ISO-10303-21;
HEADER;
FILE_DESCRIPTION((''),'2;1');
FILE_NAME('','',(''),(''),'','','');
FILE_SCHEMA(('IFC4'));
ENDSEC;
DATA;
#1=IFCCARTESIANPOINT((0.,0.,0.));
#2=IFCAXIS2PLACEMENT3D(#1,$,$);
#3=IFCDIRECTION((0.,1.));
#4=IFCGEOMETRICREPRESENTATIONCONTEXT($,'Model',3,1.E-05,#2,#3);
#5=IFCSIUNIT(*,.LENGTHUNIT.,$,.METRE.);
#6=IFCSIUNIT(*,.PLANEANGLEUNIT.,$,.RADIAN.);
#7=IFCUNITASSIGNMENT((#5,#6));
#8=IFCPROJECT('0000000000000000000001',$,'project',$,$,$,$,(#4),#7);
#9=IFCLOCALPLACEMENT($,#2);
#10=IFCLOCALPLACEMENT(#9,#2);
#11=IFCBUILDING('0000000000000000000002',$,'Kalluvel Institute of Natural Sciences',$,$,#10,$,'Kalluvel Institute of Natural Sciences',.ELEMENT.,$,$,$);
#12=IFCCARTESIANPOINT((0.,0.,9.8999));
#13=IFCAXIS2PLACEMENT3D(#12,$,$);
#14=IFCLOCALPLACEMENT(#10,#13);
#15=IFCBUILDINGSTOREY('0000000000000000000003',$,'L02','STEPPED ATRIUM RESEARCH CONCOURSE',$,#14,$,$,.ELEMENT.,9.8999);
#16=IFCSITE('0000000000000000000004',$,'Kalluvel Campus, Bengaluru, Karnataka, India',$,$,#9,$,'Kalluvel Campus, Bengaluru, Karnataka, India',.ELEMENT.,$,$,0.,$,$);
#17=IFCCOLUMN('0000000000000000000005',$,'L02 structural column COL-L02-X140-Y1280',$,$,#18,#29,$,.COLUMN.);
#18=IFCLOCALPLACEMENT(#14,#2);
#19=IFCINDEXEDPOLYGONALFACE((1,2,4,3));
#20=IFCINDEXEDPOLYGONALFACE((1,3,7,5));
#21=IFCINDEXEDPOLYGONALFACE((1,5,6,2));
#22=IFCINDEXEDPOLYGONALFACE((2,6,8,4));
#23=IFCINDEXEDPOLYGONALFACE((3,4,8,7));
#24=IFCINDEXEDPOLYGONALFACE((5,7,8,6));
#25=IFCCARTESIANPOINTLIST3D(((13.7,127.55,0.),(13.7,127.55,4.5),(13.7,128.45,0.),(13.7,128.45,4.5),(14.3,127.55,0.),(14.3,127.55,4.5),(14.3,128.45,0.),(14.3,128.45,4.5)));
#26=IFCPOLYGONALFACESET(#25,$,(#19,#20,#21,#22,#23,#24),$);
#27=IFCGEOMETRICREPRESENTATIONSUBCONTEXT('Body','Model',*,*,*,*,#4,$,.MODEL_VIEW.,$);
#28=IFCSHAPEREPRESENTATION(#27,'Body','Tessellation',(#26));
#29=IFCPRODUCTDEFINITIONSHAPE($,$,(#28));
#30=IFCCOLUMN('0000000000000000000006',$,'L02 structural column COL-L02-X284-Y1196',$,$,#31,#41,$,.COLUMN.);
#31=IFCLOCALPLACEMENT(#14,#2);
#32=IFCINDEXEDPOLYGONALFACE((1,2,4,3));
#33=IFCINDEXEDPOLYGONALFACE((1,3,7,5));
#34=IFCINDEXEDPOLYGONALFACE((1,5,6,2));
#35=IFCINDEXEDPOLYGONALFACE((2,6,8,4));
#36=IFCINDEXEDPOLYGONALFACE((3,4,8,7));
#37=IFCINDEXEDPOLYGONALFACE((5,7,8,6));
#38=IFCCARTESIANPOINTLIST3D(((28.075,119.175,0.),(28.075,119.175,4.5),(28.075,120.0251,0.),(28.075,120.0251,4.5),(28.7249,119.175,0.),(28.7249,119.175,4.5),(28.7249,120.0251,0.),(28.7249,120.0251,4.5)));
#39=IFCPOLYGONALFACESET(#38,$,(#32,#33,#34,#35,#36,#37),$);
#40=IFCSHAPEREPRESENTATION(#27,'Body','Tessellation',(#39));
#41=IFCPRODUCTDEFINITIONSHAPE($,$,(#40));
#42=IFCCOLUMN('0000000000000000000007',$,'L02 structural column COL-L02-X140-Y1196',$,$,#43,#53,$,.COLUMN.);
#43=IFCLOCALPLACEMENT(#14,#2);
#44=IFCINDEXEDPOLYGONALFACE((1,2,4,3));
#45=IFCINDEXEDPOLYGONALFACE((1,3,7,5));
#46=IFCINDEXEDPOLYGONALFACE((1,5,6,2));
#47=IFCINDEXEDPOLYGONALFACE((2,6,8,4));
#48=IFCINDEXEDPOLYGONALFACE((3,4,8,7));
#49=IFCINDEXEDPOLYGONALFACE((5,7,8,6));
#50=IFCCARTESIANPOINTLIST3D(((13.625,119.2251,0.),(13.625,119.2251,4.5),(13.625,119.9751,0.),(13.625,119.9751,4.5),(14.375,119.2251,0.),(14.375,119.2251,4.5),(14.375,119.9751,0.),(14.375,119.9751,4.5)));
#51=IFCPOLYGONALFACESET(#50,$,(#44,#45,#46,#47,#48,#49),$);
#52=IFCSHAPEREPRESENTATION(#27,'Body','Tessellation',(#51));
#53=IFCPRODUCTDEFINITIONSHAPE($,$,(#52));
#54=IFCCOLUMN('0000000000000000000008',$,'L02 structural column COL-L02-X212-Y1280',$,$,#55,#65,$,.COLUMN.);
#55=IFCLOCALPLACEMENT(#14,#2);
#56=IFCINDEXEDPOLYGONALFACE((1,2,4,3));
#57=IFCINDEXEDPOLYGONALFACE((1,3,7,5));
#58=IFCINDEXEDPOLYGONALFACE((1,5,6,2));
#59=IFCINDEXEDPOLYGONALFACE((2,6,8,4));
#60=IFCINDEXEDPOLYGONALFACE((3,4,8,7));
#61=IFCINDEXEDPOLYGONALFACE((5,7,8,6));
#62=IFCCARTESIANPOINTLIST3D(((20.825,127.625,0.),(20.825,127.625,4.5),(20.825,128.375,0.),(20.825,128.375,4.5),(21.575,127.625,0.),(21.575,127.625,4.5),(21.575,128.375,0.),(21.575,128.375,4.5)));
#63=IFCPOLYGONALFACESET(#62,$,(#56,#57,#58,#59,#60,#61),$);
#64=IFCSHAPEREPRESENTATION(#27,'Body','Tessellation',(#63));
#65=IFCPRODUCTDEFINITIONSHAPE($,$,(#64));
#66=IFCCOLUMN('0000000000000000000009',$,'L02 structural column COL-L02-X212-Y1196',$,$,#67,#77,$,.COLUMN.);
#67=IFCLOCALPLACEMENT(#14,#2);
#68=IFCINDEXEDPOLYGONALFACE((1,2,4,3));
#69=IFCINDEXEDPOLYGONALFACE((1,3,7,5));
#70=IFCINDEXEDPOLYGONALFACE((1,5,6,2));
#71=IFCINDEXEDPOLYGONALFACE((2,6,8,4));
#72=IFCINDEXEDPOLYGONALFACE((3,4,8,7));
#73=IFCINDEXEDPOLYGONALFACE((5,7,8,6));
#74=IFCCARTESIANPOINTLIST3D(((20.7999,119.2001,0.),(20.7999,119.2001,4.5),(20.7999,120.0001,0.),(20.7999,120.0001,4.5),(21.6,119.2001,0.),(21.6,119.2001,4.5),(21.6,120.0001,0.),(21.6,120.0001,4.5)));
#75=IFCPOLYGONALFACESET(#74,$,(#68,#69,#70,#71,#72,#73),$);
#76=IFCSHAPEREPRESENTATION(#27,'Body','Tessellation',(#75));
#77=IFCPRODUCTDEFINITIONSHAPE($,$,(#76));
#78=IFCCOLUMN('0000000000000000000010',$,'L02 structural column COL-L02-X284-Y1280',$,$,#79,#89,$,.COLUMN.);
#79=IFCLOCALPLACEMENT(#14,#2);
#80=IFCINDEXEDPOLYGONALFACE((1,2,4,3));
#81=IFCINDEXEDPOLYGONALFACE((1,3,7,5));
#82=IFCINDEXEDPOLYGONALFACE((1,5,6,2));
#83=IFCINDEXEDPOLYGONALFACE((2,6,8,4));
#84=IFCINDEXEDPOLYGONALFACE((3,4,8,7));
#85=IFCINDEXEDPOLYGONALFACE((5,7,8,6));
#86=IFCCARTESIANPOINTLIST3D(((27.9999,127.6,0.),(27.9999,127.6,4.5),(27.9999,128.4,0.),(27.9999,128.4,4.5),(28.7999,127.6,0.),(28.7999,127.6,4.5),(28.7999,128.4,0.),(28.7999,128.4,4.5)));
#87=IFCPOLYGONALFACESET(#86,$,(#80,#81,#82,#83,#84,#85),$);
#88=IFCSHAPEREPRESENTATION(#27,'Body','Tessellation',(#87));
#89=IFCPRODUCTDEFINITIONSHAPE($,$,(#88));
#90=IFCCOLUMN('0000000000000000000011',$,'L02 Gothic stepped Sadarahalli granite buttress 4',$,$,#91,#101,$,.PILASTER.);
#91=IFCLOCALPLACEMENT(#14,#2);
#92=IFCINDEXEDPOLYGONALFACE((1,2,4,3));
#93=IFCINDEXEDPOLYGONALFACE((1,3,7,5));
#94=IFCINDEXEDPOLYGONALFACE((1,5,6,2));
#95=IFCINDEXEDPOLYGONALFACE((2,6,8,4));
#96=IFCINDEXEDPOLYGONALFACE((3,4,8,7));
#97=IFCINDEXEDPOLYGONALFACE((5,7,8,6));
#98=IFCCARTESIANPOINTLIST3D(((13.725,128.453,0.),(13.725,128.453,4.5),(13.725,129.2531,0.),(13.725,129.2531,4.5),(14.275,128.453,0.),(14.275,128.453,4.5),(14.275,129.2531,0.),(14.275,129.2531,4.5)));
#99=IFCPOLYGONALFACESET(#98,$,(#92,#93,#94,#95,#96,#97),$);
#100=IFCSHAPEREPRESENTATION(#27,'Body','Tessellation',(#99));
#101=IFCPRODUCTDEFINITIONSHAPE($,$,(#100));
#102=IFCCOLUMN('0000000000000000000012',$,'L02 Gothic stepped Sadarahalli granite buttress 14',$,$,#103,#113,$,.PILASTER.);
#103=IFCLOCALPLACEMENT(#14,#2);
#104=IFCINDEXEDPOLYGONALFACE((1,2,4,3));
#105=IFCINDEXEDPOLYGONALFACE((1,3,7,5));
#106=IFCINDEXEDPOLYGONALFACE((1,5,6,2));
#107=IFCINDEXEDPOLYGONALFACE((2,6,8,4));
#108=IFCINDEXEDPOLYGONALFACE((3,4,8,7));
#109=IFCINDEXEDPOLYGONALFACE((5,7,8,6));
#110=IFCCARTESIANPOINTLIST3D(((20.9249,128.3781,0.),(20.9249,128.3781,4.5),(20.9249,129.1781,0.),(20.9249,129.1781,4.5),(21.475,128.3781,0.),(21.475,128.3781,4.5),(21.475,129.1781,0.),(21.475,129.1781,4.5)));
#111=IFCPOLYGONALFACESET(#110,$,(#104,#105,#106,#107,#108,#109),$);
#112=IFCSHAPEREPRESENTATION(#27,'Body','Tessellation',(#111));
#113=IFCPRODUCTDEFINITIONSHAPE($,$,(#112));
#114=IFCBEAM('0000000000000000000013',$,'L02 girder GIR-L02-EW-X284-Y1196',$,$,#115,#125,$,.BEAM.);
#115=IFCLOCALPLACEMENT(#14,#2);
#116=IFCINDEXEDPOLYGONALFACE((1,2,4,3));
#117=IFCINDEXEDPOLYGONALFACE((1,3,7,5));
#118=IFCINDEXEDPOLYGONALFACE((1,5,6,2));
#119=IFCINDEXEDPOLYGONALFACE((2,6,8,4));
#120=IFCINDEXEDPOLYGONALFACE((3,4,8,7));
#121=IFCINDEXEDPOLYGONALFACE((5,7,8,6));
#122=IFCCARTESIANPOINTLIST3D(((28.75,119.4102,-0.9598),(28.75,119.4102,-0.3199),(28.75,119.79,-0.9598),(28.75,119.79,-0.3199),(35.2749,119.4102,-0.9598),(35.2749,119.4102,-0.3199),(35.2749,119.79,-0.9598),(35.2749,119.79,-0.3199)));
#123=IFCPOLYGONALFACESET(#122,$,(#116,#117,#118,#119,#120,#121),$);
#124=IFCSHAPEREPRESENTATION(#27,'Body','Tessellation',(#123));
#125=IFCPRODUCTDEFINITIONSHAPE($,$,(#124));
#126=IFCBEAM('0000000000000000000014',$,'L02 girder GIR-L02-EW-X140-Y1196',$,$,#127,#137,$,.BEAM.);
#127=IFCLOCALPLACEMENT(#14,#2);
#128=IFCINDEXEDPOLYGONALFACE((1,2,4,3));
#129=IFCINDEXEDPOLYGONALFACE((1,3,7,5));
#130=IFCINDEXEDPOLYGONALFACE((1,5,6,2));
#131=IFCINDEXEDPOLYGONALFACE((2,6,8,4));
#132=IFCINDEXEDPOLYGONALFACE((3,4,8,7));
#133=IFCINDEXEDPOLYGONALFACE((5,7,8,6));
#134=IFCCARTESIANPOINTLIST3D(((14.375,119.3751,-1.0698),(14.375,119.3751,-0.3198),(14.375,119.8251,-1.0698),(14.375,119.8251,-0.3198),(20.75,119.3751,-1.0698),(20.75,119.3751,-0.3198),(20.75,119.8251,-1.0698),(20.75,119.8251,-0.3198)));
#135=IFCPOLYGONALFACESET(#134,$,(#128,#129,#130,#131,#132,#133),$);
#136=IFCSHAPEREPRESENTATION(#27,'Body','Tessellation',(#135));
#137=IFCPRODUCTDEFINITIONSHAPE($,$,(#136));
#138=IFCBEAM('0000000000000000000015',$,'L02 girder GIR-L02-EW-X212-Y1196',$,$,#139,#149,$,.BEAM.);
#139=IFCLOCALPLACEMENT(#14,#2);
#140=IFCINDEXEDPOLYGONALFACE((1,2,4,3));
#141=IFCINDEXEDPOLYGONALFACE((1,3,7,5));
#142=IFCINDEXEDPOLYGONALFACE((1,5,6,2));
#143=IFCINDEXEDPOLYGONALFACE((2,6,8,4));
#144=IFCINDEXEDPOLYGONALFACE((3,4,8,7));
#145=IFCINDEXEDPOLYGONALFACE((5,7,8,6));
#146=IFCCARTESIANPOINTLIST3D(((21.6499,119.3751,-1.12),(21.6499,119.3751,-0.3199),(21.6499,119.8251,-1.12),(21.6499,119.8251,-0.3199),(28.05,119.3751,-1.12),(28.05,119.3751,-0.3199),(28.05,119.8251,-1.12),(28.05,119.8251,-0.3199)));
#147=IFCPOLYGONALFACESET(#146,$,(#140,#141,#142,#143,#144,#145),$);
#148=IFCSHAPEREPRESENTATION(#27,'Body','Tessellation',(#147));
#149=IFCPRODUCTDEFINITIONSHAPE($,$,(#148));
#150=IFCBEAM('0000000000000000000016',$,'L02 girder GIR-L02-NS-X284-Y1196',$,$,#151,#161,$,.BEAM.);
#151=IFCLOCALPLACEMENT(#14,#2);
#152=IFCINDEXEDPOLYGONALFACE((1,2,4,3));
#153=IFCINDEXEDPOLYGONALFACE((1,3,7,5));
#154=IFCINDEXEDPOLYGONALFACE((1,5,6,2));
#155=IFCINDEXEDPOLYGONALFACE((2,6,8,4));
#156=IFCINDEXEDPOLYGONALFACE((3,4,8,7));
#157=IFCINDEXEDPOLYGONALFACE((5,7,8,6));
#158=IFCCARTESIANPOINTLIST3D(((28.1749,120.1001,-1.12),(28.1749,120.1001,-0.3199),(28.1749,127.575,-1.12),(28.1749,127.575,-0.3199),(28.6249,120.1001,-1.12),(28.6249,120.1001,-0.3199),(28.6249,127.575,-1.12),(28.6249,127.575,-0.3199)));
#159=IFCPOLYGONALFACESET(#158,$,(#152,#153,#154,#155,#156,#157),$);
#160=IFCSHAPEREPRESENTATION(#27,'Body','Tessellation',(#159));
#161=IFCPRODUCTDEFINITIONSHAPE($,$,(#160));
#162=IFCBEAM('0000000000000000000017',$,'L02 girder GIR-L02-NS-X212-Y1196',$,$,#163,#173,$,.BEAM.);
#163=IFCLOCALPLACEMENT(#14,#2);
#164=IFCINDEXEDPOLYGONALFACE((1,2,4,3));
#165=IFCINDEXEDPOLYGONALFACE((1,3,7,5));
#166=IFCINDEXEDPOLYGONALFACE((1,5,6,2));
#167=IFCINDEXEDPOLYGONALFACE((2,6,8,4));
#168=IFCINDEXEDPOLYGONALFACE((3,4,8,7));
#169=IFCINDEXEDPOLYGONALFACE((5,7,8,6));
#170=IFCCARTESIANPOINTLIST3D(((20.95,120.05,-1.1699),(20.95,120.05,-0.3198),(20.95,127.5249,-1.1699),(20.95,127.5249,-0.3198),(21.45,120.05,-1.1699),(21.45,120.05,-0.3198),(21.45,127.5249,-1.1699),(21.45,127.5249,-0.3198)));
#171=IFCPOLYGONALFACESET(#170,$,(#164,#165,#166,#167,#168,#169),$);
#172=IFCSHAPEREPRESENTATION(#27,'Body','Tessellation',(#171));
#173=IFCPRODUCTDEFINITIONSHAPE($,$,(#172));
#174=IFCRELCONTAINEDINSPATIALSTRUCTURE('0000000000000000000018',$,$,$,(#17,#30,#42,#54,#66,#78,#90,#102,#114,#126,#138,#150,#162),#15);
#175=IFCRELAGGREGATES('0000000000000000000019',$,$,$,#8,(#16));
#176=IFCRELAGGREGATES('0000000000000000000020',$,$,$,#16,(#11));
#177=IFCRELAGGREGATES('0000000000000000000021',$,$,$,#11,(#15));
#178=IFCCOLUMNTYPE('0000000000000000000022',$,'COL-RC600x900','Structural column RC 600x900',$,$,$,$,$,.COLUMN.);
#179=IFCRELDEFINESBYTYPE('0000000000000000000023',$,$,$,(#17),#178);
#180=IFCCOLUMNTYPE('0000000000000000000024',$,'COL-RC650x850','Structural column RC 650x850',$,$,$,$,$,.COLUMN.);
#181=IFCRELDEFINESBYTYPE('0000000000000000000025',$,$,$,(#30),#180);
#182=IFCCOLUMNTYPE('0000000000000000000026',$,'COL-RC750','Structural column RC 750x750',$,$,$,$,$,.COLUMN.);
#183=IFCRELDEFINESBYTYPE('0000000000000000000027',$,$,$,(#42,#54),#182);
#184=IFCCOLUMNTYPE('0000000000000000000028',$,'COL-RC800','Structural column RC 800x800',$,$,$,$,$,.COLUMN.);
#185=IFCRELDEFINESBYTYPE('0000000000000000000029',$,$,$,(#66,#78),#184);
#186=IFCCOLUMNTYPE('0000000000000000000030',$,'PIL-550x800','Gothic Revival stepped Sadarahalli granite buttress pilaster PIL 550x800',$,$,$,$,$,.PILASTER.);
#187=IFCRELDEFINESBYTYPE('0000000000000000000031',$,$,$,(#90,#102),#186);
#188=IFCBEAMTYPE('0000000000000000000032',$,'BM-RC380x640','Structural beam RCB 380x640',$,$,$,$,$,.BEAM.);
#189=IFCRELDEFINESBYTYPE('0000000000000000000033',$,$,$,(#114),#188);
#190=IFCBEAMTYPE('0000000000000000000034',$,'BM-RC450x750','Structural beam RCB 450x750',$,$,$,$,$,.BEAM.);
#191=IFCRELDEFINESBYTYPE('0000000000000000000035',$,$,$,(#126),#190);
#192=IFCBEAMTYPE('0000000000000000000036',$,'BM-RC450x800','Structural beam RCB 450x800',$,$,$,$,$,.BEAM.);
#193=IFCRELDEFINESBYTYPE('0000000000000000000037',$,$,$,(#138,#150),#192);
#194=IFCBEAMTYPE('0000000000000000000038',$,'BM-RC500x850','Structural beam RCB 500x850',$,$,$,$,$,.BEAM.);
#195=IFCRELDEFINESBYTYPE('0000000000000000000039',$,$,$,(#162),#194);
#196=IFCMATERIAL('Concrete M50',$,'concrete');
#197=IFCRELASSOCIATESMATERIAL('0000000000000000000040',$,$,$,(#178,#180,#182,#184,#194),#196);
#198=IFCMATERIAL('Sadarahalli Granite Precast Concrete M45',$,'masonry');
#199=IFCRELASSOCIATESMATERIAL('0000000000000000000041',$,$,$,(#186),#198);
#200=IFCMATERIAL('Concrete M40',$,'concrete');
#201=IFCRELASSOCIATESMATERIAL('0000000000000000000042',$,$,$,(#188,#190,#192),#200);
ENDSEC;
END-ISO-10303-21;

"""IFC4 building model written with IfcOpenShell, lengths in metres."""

from ifc_helpers import new_model, si_unit, direction, frame, origin, origin_2d, place, context, subcontext, project, spatial, rectangle, extrude, material, material_profile, profile_set, type_object, element, save


model = new_model("IFC4")

# Units and contexts
model_context = context("Model", 3, precision=1e-05, world=origin(), true_north=direction((0.0, 1.0)))
body_context = subcontext(model_context, "Body", "Model", "MODEL_VIEW")
ifc_project = project(units=[si_unit("LENGTHUNIT", "METRE"), si_unit("PLANEANGLEUNIT", "RADIAN")], contexts=[model_context])

# Site, building, storey
site_placement = place(None, origin())
site = spatial("IfcSite", under=ifc_project, at=site_placement, Name="Kalluvel Campus, Bengaluru, Karnataka, India", LongName="Kalluvel Campus, Bengaluru, Karnataka, India", CompositionType="ELEMENT", RefElevation=0.0)
building_placement = place(site_placement, origin())
building = spatial("IfcBuilding", under=site, at=building_placement, Name="Kalluvel Institute of Natural Sciences", LongName="Kalluvel Institute of Natural Sciences", CompositionType="ELEMENT")
storey_placement = place(building_placement, frame((0.0, 0.0, 9.8999)))
storey = spatial("IfcBuildingStorey", under=building, at=storey_placement, Name="L02", Description="STEPPED ATRIUM RESEARCH CONCOURSE", CompositionType="ELEMENT", Elevation=9.8999)

# Columns
ifc_material_1 = material(Name="Concrete M50", Category="concrete")
ifc_material_profile_1 = material_profile(ifc_material_1, rectangle(XDim=0.6001, YDim=0.8999, at=origin_2d()), Name="RC 600x900")
ifc_profile_set_1 = profile_set([ifc_material_profile_1], Name="Concrete M50")
column_type_1 = type_object("IfcColumnType", Name="COL-RC600x900", Description="Structural column RC 600x900", PredefinedType="COLUMN", material=ifc_profile_set_1)
column_1_placement = place(storey_placement, frame((14.0, 128.0, 0.0), z_axis=(0.0, 0.0, 1.0), x_axis=(1.0, 0.0, 0.0)))
element("IfcColumn", 1, at=column_1_placement, inside=storey, type_object=column_type_1, Name="L02 structural column COL-L02-X140-Y1280", PredefinedType="COLUMN", context=body_context, shape_type="SweptSolid", body=[
    extrude(rectangle(XDim=0.6001, YDim=0.8999, at=origin_2d()), origin(), (0.0, 0.0, 1.0), 4.5),
])
ifc_material_profile_2 = material_profile(ifc_material_1, rectangle(XDim=0.6499, YDim=0.8501, at=origin_2d()), Name="RC 650x850")
ifc_profile_set_2 = profile_set([ifc_material_profile_2], Name="Concrete M50")
column_type_2 = type_object("IfcColumnType", Name="COL-RC650x850", Description="Structural column RC 650x850", PredefinedType="COLUMN", material=ifc_profile_set_2)
column_2_placement = place(storey_placement, frame((28.3999, 119.6001, 0.0), z_axis=(0.0, 0.0, 1.0), x_axis=(1.0, 0.0, 0.0)))
element("IfcColumn", 2, at=column_2_placement, inside=storey, type_object=column_type_2, Name="L02 structural column COL-L02-X284-Y1196", PredefinedType="COLUMN", context=body_context, shape_type="SweptSolid", body=[
    extrude(rectangle(XDim=0.6499, YDim=0.8501, at=origin_2d()), origin(), (0.0, 0.0, 1.0), 4.5),
])
ifc_material_profile_3 = material_profile(ifc_material_1, rectangle(XDim=0.75, YDim=0.75, at=origin_2d()), Name="RC 750x750")
ifc_profile_set_3 = profile_set([ifc_material_profile_3], Name="Concrete M50")
column_type_3 = type_object("IfcColumnType", Name="COL-RC750", Description="Structural column RC 750x750", PredefinedType="COLUMN", material=ifc_profile_set_3)
for number, where, z_axis, x_axis, name in (
    (3, (14.0, 119.6001, 0.0), (0.0, 0.0, 1.0), (1.0, 0.0, 0.0), "L02 structural column COL-L02-X140-Y1196"),
    (4, (21.2, 128.0, 0.0), (0.0, 0.0, 1.0), (1.0, 0.0, 0.0), "L02 structural column COL-L02-X212-Y1280"),
):
    element("IfcColumn", number, at=place(storey_placement, frame(where, z_axis=z_axis, x_axis=x_axis)), inside=storey, type_object=column_type_3, Name=name, PredefinedType="COLUMN", context=body_context, shape_type="SweptSolid", body=[
        extrude(rectangle(XDim=0.75, YDim=0.75, at=origin_2d()), origin(), (0.0, 0.0, 1.0), 4.5),
    ])
ifc_material_profile_4 = material_profile(ifc_material_1, rectangle(XDim=0.8, YDim=0.8, at=origin_2d()), Name="RC 800x800")
ifc_profile_set_4 = profile_set([ifc_material_profile_4], Name="Concrete M50")
column_type_4 = type_object("IfcColumnType", Name="COL-RC800", Description="Structural column RC 800x800", PredefinedType="COLUMN", material=ifc_profile_set_4)
for number, where, z_axis, x_axis, name in (
    (5, (21.2, 119.6001, 0.0), (0.0, 0.0, 1.0), (1.0, 0.0, 0.0), "L02 structural column COL-L02-X212-Y1196"),
    (6, (28.3999, 128.0, 0.0), (0.0, 0.0, 1.0), (1.0, 0.0, 0.0), "L02 structural column COL-L02-X284-Y1280"),
):
    element("IfcColumn", number, at=place(storey_placement, frame(where, z_axis=z_axis, x_axis=x_axis)), inside=storey, type_object=column_type_4, Name=name, PredefinedType="COLUMN", context=body_context, shape_type="SweptSolid", body=[
        extrude(rectangle(XDim=0.8, YDim=0.8, at=origin_2d()), origin(), (0.0, 0.0, 1.0), 4.5),
    ])
ifc_material_2 = material(Name="Sadarahalli Granite Precast Concrete M45", Category="masonry")
ifc_material_profile_5 = material_profile(ifc_material_2, rectangle(XDim=0.55, YDim=0.8, at=origin_2d()), Name="PIL 550x800")
ifc_profile_set_5 = profile_set([ifc_material_profile_5], Name="Sadarahalli Granite Precast Concrete M45")
column_type_5 = type_object("IfcColumnType", Name="PIL-550x800", Description="Gothic Revival stepped Sadarahalli granite buttress pilaster PIL 550x800", PredefinedType="PILASTER", material=ifc_profile_set_5)
for number, where, z_axis, x_axis, name in (
    (7, (14.0, 128.853, 0.0), (0.0, 0.0, 1.0), (1.0, 0.0, 0.0), "L02 Gothic stepped Sadarahalli granite buttress 4"),
    (8, (21.2, 128.7781, 0.0), (0.0, 0.0, 1.0), (1.0, 0.0, 0.0), "L02 Gothic stepped Sadarahalli granite buttress 14"),
):
    element("IfcColumn", number, at=place(storey_placement, frame(where, z_axis=z_axis, x_axis=x_axis)), inside=storey, type_object=column_type_5, Name=name, PredefinedType="PILASTER", context=body_context, shape_type="SweptSolid", body=[
        extrude(rectangle(XDim=0.55, YDim=0.8, at=origin_2d()), origin(), (0.0, 0.0, 1.0), 4.5),
    ])

# Beams
ifc_material_3 = material(Name="Concrete M40", Category="concrete")
ifc_material_profile_6 = material_profile(ifc_material_3, rectangle(XDim=0.3799, YDim=0.6399, at=origin_2d()), Name="RCB 380x640")
ifc_profile_set_6 = profile_set([ifc_material_profile_6], Name="Concrete M40")
beam_type_1 = type_object("IfcBeamType", Name="BM-RC380x640", Description="Structural beam RCB 380x640", PredefinedType="BEAM", material=ifc_profile_set_6)
beam_1_placement = place(storey_placement, frame((28.75, 119.6001, -0.6399), z_axis=(1.0, 0.0, 0.0), x_axis=(0.0, 1.0, 0.0)))
element("IfcBeam", 9, at=beam_1_placement, inside=storey, type_object=beam_type_1, Name="L02 girder GIR-L02-EW-X284-Y1196", PredefinedType="BEAM", context=body_context, shape_type="SweptSolid", body=[
    extrude(rectangle(XDim=0.3799, YDim=0.6399, at=origin_2d()), origin(), (0.0, 0.0, 1.0), 6.5249),
])
ifc_material_profile_7 = material_profile(ifc_material_3, rectangle(XDim=0.45, YDim=0.75, at=origin_2d()), Name="RCB 450x750")
ifc_profile_set_7 = profile_set([ifc_material_profile_7], Name="Concrete M40")
beam_type_2 = type_object("IfcBeamType", Name="BM-RC450x750", Description="Structural beam RCB 450x750", PredefinedType="BEAM", material=ifc_profile_set_7)
beam_2_placement = place(storey_placement, frame((14.375, 119.6001, -0.6948), z_axis=(1.0, 0.0, 0.0), x_axis=(0.0, 1.0, 0.0)))
element("IfcBeam", 10, at=beam_2_placement, inside=storey, type_object=beam_type_2, Name="L02 girder GIR-L02-EW-X140-Y1196", PredefinedType="BEAM", context=body_context, shape_type="SweptSolid", body=[
    extrude(rectangle(XDim=0.45, YDim=0.75, at=origin_2d()), origin(), (0.0, 0.0, 1.0), 6.375),
])
ifc_material_profile_8 = material_profile(ifc_material_3, rectangle(XDim=0.45, YDim=0.8, at=origin_2d()), Name="RCB 450x800")
ifc_profile_set_8 = profile_set([ifc_material_profile_8], Name="Concrete M40")
beam_type_3 = type_object("IfcBeamType", Name="BM-RC450x800", Description="Structural beam RCB 450x800", PredefinedType="BEAM", material=ifc_profile_set_8)
beam_3_placement = place(storey_placement, frame((21.6499, 119.6001, -0.72), z_axis=(1.0, 0.0, 0.0), x_axis=(0.0, 1.0, 0.0)))
element("IfcBeam", 11, at=beam_3_placement, inside=storey, type_object=beam_type_3, Name="L02 girder GIR-L02-EW-X212-Y1196", PredefinedType="BEAM", context=body_context, shape_type="SweptSolid", body=[
    extrude(rectangle(XDim=0.45, YDim=0.8, at=origin_2d()), origin(), (0.0, 0.0, 1.0), 6.4001),
])
beam_4_placement = place(storey_placement, frame((28.3999, 120.1001, -0.72), z_axis=(0.0, 1.0, 0.0), x_axis=(-1.0, 0.0, 0.0)))
element("IfcBeam", 12, at=beam_4_placement, inside=storey, type_object=beam_type_3, Name="L02 girder GIR-L02-NS-X284-Y1196", PredefinedType="BEAM", context=body_context, shape_type="SweptSolid", body=[
    extrude(rectangle(XDim=0.45, YDim=0.8, at=origin_2d()), origin(), (0.0, 0.0, 1.0), 7.4749),
])
ifc_material_profile_9 = material_profile(ifc_material_1, rectangle(XDim=0.5, YDim=0.8501, at=origin_2d()), Name="RCB 500x850")
ifc_profile_set_9 = profile_set([ifc_material_profile_9], Name="Concrete M50")
beam_type_4 = type_object("IfcBeamType", Name="BM-RC500x850", Description="Structural beam RCB 500x850", PredefinedType="BEAM", material=ifc_profile_set_9)
beam_5_placement = place(storey_placement, frame((21.2, 120.05, -0.7449), z_axis=(0.0, 1.0, 0.0), x_axis=(-1.0, 0.0, 0.0)))
element("IfcBeam", 13, at=beam_5_placement, inside=storey, type_object=beam_type_4, Name="L02 girder GIR-L02-NS-X212-Y1196", PredefinedType="BEAM", context=body_context, shape_type="SweptSolid", body=[
    extrude(rectangle(XDim=0.5, YDim=0.8501, at=origin_2d()), origin(), (0.0, 0.0, 1.0), 7.4749),
])

save(model, "model.ifc")
